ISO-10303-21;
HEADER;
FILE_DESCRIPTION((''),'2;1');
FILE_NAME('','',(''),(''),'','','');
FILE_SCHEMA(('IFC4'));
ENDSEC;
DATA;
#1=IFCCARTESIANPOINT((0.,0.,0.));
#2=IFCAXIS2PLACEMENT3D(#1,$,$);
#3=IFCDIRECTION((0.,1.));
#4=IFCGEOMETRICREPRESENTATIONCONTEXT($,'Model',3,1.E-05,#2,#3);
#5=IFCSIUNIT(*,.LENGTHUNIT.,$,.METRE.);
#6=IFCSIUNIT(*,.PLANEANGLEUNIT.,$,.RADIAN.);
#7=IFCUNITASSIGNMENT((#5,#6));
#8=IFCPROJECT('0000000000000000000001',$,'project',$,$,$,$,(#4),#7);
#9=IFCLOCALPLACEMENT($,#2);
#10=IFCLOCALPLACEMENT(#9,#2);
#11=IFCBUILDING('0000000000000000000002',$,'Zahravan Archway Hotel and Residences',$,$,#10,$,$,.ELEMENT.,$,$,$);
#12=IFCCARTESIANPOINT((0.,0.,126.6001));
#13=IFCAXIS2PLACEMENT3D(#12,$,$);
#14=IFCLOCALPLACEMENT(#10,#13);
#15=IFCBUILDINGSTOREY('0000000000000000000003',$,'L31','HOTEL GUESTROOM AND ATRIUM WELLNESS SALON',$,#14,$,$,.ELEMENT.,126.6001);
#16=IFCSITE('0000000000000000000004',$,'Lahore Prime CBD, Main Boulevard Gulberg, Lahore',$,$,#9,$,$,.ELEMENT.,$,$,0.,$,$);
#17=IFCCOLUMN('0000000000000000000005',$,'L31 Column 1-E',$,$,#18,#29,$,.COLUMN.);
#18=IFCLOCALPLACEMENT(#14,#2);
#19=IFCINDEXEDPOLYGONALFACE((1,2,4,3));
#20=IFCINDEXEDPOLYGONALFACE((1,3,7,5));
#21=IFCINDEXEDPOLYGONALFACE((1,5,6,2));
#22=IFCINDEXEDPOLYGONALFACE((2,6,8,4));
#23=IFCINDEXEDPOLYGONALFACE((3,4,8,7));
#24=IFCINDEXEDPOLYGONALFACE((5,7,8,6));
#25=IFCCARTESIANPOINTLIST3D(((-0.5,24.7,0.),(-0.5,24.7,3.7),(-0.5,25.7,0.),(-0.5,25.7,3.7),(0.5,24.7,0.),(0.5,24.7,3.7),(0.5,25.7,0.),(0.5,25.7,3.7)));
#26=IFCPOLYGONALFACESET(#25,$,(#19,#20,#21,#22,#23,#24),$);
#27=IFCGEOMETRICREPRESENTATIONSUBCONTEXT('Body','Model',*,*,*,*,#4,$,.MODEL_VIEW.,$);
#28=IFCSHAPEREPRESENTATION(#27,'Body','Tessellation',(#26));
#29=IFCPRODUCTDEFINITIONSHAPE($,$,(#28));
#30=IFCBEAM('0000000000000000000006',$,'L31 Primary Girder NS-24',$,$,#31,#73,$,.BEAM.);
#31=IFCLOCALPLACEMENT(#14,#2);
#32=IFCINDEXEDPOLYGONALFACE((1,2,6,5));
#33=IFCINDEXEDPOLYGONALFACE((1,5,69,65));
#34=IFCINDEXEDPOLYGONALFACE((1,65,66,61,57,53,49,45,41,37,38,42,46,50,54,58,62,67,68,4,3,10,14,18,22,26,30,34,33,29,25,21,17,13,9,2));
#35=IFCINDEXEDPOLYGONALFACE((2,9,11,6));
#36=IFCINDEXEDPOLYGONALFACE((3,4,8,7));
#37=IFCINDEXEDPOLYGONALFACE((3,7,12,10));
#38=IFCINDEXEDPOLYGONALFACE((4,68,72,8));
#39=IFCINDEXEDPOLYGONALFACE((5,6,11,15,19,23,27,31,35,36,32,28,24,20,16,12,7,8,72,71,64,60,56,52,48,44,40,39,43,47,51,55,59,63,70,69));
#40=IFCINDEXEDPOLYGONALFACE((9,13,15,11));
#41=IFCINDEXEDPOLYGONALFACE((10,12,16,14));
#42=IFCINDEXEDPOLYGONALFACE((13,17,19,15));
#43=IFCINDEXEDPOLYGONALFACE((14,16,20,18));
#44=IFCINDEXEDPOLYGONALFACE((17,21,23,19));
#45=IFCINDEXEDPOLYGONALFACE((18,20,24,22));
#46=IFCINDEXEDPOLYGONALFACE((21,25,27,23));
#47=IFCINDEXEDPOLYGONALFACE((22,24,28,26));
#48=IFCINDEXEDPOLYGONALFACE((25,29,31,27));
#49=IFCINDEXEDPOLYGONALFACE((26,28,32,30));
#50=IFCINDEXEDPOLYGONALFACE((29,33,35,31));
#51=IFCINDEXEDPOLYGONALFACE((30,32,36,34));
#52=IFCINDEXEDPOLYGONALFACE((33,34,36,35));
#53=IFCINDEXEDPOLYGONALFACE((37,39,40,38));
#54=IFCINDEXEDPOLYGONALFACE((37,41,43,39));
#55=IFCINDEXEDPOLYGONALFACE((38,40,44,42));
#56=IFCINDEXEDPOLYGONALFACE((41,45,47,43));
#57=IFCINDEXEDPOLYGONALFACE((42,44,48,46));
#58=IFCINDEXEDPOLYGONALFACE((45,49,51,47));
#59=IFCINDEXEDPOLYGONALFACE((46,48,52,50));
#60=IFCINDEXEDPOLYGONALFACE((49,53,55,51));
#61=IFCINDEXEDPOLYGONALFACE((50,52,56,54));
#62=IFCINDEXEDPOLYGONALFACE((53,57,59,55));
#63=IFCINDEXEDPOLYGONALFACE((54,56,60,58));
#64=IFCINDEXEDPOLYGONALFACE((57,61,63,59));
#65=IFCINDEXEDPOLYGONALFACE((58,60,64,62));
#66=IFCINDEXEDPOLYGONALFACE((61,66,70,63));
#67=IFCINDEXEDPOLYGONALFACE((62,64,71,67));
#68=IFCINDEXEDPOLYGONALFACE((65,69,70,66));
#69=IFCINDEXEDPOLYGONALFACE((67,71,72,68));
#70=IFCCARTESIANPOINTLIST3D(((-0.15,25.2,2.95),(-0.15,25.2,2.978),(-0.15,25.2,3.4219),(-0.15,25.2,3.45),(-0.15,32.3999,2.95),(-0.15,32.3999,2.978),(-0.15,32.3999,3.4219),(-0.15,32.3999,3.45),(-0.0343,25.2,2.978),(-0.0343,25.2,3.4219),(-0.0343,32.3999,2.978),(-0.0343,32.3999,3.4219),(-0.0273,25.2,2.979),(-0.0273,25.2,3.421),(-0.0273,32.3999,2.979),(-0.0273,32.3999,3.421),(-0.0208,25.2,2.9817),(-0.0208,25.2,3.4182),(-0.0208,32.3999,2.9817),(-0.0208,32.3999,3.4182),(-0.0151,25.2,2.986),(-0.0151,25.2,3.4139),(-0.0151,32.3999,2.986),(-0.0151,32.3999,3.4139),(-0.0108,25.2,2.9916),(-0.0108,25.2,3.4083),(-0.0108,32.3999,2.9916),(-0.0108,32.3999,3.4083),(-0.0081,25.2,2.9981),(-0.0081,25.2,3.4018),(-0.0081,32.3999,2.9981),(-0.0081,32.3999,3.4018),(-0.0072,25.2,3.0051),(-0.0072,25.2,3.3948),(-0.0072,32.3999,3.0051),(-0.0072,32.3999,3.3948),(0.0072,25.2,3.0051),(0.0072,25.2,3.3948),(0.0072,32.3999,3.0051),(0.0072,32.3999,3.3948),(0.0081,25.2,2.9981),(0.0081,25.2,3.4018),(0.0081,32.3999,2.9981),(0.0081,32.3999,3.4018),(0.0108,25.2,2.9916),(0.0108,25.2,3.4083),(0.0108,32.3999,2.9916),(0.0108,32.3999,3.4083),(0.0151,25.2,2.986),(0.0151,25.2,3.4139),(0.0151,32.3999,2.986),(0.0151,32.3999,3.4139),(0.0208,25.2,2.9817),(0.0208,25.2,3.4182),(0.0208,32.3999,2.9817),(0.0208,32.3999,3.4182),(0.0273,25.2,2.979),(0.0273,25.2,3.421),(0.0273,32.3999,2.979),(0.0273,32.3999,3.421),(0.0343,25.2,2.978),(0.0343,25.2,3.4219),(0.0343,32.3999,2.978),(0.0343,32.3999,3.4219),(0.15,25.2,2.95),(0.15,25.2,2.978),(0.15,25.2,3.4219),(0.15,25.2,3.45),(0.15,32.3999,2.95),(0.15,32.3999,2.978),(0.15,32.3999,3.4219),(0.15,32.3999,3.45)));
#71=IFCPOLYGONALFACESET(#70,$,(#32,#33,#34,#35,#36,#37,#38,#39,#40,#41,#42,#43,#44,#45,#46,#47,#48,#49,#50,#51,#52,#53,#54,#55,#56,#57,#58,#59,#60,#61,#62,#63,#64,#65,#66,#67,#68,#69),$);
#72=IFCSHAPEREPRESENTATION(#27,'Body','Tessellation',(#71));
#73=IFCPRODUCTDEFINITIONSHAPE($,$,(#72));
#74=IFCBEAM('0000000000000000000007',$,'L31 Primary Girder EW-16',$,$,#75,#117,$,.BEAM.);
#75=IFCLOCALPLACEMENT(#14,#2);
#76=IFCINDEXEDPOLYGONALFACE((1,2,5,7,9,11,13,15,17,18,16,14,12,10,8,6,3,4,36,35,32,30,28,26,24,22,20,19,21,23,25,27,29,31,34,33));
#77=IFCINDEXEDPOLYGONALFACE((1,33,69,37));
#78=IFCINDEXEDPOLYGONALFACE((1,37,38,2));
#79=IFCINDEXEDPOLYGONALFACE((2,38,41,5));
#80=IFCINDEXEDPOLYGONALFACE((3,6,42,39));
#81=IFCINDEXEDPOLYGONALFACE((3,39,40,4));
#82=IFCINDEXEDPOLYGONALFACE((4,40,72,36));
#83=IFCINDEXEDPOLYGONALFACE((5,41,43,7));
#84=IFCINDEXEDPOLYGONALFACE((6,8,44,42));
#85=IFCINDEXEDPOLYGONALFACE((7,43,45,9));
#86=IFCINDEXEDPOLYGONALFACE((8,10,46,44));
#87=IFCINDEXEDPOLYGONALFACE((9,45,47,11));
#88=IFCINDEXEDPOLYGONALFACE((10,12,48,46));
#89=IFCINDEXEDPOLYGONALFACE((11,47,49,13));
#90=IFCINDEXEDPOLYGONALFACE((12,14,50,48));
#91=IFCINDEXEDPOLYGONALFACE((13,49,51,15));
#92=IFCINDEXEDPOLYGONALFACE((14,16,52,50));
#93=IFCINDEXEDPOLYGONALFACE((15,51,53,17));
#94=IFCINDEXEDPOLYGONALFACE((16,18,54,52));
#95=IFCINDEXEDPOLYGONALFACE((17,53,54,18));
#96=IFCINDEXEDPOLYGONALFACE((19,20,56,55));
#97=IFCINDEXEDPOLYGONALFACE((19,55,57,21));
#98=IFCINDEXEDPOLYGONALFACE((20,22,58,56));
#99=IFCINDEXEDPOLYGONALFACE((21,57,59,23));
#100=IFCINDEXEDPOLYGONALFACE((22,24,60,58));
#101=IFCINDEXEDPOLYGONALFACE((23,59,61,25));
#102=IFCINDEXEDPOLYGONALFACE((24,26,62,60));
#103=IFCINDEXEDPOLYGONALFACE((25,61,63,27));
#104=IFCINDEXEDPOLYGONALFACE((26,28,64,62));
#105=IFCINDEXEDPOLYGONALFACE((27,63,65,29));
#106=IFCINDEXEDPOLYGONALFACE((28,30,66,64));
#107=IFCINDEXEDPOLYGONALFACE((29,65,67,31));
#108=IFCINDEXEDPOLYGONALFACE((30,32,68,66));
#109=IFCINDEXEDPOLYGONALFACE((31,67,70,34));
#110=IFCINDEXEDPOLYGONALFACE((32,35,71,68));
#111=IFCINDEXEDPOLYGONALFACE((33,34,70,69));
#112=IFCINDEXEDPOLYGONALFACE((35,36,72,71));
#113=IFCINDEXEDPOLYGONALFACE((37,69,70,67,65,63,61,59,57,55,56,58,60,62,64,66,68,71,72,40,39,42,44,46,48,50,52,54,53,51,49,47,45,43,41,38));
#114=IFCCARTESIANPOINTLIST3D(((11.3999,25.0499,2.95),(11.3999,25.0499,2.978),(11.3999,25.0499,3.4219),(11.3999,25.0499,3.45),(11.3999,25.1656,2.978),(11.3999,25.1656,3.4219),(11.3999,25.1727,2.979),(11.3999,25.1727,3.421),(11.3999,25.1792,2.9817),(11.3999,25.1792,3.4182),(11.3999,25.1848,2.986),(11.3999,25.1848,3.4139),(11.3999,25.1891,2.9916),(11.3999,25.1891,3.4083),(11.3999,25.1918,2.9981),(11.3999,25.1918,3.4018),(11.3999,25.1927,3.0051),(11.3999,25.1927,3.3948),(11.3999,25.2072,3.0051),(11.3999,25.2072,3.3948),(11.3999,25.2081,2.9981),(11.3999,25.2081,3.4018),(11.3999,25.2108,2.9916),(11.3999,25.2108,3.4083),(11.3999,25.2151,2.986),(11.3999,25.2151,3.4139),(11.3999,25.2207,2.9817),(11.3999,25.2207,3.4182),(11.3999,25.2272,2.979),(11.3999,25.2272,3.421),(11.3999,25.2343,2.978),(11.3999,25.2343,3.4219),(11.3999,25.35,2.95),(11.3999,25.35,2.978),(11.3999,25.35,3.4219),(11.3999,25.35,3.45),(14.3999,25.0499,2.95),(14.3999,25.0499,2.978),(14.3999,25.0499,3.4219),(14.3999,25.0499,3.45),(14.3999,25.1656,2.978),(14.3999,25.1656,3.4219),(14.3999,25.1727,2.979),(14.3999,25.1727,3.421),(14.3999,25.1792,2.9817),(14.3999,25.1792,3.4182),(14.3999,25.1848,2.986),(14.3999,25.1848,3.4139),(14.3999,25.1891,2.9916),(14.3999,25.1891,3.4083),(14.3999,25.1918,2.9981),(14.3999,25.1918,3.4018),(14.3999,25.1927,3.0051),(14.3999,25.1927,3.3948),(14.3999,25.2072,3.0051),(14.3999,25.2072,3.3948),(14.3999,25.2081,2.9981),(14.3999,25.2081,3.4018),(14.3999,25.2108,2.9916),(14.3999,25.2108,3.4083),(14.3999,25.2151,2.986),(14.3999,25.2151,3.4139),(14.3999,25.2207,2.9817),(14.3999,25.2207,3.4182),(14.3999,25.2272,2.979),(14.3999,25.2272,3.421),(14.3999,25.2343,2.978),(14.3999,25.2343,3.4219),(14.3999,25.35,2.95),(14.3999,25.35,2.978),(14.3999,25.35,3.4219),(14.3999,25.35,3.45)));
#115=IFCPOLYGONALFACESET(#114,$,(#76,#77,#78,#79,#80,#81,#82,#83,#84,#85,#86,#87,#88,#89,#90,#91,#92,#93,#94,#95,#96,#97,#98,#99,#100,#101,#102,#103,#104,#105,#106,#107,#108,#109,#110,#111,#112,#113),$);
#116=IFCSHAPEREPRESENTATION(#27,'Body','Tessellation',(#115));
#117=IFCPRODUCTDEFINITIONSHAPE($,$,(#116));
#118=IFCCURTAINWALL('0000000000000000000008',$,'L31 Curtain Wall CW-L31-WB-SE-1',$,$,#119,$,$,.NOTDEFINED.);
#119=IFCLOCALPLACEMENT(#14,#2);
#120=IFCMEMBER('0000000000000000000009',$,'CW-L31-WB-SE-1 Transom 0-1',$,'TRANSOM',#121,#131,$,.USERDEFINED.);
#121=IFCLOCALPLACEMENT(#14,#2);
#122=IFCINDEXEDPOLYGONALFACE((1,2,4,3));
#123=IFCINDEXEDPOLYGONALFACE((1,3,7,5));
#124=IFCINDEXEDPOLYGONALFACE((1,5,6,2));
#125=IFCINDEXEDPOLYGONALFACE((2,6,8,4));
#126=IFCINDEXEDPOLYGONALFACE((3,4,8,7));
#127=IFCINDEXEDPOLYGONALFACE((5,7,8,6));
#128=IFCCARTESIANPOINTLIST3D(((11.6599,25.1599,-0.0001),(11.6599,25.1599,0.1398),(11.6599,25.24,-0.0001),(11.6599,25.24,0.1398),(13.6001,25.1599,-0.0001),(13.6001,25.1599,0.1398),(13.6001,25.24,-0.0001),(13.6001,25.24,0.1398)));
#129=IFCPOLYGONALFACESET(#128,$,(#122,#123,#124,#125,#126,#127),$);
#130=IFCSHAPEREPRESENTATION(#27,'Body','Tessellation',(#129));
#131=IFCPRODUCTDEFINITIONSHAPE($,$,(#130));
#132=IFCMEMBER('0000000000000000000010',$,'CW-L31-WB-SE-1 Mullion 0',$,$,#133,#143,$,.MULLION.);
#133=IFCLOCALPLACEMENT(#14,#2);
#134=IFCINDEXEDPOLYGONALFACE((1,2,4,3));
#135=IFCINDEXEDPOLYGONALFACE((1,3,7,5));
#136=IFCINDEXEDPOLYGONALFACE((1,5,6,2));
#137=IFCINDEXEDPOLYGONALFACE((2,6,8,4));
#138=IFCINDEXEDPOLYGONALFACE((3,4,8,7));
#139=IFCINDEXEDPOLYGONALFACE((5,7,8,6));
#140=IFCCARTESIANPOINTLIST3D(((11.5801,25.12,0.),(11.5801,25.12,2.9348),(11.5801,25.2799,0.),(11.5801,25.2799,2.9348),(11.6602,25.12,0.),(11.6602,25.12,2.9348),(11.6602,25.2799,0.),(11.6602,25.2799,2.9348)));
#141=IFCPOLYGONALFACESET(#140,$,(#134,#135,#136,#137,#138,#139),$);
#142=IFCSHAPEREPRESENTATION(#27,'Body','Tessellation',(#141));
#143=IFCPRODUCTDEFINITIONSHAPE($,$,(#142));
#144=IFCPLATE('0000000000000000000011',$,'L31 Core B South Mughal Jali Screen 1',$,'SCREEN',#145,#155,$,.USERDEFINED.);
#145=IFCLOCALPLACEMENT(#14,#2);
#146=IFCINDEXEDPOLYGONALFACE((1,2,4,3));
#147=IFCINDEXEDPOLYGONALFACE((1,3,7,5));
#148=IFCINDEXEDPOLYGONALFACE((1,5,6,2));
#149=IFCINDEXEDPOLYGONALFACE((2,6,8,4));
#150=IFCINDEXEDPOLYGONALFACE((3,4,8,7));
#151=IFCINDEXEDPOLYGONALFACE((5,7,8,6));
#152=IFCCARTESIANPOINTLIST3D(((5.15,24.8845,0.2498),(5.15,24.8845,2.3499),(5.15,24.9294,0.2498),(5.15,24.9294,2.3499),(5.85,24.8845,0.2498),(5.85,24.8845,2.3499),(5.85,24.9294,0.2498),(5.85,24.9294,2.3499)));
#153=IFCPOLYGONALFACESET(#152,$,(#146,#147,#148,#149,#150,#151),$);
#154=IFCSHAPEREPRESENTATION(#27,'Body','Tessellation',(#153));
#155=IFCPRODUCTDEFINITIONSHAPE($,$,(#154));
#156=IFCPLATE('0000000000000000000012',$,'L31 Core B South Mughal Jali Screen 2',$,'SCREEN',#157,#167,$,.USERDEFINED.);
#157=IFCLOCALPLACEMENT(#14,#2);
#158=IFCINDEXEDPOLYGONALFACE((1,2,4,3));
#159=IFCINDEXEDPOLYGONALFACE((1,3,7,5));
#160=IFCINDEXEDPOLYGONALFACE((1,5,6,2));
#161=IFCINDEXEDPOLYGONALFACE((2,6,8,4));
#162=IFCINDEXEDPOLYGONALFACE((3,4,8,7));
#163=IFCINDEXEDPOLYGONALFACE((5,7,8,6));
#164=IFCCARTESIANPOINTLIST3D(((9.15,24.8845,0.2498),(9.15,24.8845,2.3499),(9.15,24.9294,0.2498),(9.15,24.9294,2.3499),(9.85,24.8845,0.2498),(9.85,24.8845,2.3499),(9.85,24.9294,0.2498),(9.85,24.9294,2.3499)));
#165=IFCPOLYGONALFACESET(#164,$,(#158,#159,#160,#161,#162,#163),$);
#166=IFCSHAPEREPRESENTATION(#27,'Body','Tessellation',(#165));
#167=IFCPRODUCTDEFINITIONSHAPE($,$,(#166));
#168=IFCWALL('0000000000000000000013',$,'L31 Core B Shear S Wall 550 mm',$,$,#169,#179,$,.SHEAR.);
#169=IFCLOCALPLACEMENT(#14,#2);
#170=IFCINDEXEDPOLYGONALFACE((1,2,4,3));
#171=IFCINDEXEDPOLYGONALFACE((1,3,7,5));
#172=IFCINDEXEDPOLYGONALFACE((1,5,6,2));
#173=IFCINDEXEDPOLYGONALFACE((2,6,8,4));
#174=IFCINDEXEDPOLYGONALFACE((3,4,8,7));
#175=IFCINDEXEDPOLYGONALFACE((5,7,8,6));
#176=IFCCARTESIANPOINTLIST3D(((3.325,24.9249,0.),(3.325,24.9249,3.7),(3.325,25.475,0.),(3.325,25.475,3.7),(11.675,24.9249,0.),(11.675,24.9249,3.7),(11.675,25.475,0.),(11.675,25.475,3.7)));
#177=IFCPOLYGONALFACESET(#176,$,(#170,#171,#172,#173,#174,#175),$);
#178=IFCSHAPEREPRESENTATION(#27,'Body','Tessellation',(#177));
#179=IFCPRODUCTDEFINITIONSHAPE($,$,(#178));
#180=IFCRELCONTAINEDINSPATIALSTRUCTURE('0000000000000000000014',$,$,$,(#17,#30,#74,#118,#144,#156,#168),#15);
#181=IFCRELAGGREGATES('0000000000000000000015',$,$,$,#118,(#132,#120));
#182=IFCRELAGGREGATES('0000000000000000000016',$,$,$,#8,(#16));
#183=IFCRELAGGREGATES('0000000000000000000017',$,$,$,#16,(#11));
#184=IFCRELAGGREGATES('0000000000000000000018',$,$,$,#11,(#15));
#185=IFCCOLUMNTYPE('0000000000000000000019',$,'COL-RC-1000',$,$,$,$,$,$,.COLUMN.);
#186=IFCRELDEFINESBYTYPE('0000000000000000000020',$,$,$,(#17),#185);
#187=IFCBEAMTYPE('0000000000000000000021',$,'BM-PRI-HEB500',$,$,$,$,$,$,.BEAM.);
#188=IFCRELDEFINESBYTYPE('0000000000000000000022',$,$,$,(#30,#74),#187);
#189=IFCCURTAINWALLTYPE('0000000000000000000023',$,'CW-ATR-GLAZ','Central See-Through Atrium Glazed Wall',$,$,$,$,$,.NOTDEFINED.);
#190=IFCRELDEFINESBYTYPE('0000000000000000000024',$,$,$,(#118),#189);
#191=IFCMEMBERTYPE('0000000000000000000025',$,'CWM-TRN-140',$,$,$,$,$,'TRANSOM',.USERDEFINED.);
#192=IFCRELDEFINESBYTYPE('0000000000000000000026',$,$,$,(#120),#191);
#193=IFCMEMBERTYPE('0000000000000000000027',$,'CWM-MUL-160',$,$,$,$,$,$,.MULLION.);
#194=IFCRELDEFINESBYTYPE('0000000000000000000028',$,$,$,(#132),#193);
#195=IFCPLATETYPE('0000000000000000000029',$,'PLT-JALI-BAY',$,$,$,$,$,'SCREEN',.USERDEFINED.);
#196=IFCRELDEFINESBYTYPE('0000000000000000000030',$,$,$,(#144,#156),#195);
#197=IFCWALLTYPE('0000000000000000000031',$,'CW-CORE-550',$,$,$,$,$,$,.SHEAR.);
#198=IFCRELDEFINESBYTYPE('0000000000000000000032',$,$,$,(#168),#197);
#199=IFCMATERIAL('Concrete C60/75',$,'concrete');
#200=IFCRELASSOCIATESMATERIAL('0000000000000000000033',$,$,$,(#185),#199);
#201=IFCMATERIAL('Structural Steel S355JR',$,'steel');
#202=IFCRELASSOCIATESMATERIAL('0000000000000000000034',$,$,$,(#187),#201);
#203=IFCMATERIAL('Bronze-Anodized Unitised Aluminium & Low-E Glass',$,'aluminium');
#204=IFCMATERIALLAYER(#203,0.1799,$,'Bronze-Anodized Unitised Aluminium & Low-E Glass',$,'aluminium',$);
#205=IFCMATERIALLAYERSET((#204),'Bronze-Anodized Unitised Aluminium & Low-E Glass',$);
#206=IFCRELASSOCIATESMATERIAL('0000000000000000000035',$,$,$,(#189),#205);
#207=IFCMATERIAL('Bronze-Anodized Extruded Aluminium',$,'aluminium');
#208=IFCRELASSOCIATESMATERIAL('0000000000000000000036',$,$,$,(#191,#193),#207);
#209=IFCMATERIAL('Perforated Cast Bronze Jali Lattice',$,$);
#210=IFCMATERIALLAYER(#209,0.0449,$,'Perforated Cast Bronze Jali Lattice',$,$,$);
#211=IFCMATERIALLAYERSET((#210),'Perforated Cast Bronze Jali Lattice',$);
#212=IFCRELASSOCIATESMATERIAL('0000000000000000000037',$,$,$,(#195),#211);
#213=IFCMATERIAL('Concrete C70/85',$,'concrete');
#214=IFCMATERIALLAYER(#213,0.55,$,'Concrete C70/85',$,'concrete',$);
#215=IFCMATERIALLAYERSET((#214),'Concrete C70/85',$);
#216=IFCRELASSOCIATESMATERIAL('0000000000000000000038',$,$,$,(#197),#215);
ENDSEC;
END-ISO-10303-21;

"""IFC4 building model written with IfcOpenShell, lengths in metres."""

from ifc_helpers import new_model, si_unit, direction, frame, frame_2d, origin, origin_2d, place, context, subcontext, project, spatial, rectangle, i_section, extrude, source, transform, mapped, material, layer, layer_set, material_profile, profile_set, type_object, type_shapes, element, aggregate, save


model = new_model("IFC4")

# Units and contexts
model_context = context("Model", 3, precision=1e-05, world=origin(), true_north=direction((0.0, 1.0)))
body_context = subcontext(model_context, "Body", "Model", "MODEL_VIEW")
ifc_project = project(units=[si_unit("LENGTHUNIT", "METRE"), si_unit("PLANEANGLEUNIT", "RADIAN")], contexts=[model_context])

# Site, building, storey
site_placement = place(None, origin())
site = spatial("IfcSite", under=ifc_project, at=site_placement, Name="Lahore Prime CBD, Main Boulevard Gulberg, Lahore", CompositionType="ELEMENT", RefElevation=0.0)
building_placement = place(site_placement, origin())
building = spatial("IfcBuilding", under=site, at=building_placement, Name="Zahravan Archway Hotel and Residences", CompositionType="ELEMENT")
storey_placement = place(building_placement, frame((0.0, 0.0, 126.6001)))
storey = spatial("IfcBuildingStorey", under=building, at=storey_placement, Name="L31", Description="HOTEL GUESTROOM AND ATRIUM WELLNESS SALON", CompositionType="ELEMENT", Elevation=126.6001)

# Column
ifc_material_1 = material(Name="Concrete C60/75", Category="concrete")
ifc_material_profile_1 = material_profile(ifc_material_1, rectangle(XDim=1.0, YDim=1.0, at=origin_2d()), Name="RC-COL-1000x1000", Category="concrete")
ifc_profile_set_1 = profile_set([ifc_material_profile_1], Name="Concrete C60/75")
column_type = type_object("IfcColumnType", Name="COL-RC-1000", PredefinedType="COLUMN", material=ifc_profile_set_1)
shared_shape_1 = source(origin(), body_context, "Body", "SweptSolid", [
    extrude(rectangle(XDim=1.0, YDim=1.0, at=origin_2d()), origin(), (0.0, 0.0, 1.0), 3.7),
])
type_shapes(column_type, [shared_shape_1])
column_placement = place(storey_placement, frame((0.0, 25.2, 0.0), z_axis=(0.0, 0.0, 1.0), x_axis=(1.0, 0.0, 0.0)))
element("IfcColumn", 1, at=column_placement, inside=storey, type_object=column_type, Name="L31 Column 1-E", PredefinedType="COLUMN", context=body_context, shape_type="MappedRepresentation", body=[
    mapped(shared_shape_1, transform((0.0, 0.0, 0.0), scale=1.0)),
])

# Beams
ifc_material_2 = material(Name="Structural Steel S355JR", Category="steel")
ifc_material_profile_2 = material_profile(ifc_material_2, i_section(OverallWidth=0.3, OverallDepth=0.5, WebThickness=0.0144, FlangeThickness=0.0281, FilletRadius=0.0271, at=origin_2d()), Name="HEB 500", Category="steel")
ifc_profile_set_2 = profile_set([ifc_material_profile_2], Name="Structural Steel S355JR")
beam_type = type_object("IfcBeamType", Name="BM-PRI-HEB500", PredefinedType="BEAM", material=ifc_profile_set_2)
shared_shape_2 = source(origin(), body_context, "Body", "SweptSolid", [
    extrude(i_section(OverallWidth=0.3, OverallDepth=0.5, WebThickness=0.0144, FlangeThickness=0.0281, FilletRadius=0.0271, at=origin_2d()), origin(), (0.0, 0.0, 1.0), 7.2),
])
beam_1_placement = place(storey_placement, frame((0.0, 25.2, 3.2), z_axis=(0.0, 1.0, 0.0), x_axis=(-1.0, 0.0, 0.0)))
element("IfcBeam", 2, at=beam_1_placement, inside=storey, type_object=beam_type, Name="L31 Primary Girder NS-24", PredefinedType="BEAM", context=body_context, shape_type="MappedRepresentation", body=[
    mapped(shared_shape_2, transform((0.0, 0.0, 0.0), scale=1.0)),
])
shared_shape_3 = source(origin(), body_context, "Body", "SweptSolid", [
    extrude(i_section(OverallWidth=0.3, OverallDepth=0.5, WebThickness=0.0144, FlangeThickness=0.0281, FilletRadius=0.0271, at=origin_2d()), origin(), (0.0, 0.0, 1.0), 3.0),
])
beam_2_placement = place(storey_placement, frame((11.3999, 25.2, 3.2), z_axis=(1.0, 0.0, 0.0), x_axis=(0.0, 1.0, 0.0)))
element("IfcBeam", 3, at=beam_2_placement, inside=storey, type_object=beam_type, Name="L31 Primary Girder EW-16", PredefinedType="BEAM", context=body_context, shape_type="MappedRepresentation", body=[
    mapped(shared_shape_3, transform((0.0, 0.0, 0.0), scale=1.0)),
])

# Curtain wall, members
ifc_material_3 = material(Name="Bronze-Anodized Unitised Aluminium & Low-E Glass", Category="aluminium")
ifc_layer_1 = layer(ifc_material_3, 0.1799, Name="Bronze-Anodized Unitised Aluminium & Low-E Glass", Category="aluminium")
ifc_layer_set_1 = layer_set([ifc_layer_1], Name="Bronze-Anodized Unitised Aluminium & Low-E Glass")
curtain_wall_type = type_object("IfcCurtainWallType", Name="CW-ATR-GLAZ", Description="Central See-Through Atrium Glazed Wall", PredefinedType="NOTDEFINED", material=ifc_layer_set_1)
curtain_wall_placement = place(storey_placement, origin())
curtain_wall = element("IfcCurtainWall", 4, at=curtain_wall_placement, inside=storey, type_object=curtain_wall_type, Name="L31 Curtain Wall CW-L31-WB-SE-1", PredefinedType="NOTDEFINED")
ifc_material_4 = material(Name="Bronze-Anodized Extruded Aluminium", Category="aluminium")
ifc_material_profile_3 = material_profile(ifc_material_4, rectangle(XDim=0.0801, YDim=0.1399, at=origin_2d()), Name="TRN 80x140", Category="aluminium")
ifc_profile_set_3 = profile_set([ifc_material_profile_3], Name="Bronze-Anodized Extruded Aluminium")
member_type_1 = type_object("IfcMemberType", Name="CWM-TRN-140", ElementType="TRANSOM", PredefinedType="USERDEFINED", material=ifc_profile_set_3)
shared_shape_4 = source(origin(), body_context, "Body", "SweptSolid", [
    extrude(rectangle(XDim=0.0801, YDim=0.1399, at=origin_2d()), origin(), (0.0, 0.0, 1.0), 1.9402),
])
member_1_placement = place(storey_placement, frame((11.6599, 25.2, 0.0698), z_axis=(1.0, 0.0, 0.0), x_axis=(0.0, 1.0, 0.0)))
member_1 = element("IfcMember", 5, at=member_1_placement, type_object=member_type_1, Name="CW-L31-WB-SE-1 Transom 0-1", ObjectType="TRANSOM", PredefinedType="USERDEFINED", context=body_context, shape_type="MappedRepresentation", body=[
    mapped(shared_shape_4, transform((0.0, 0.0, 0.0), scale=1.0)),
])
ifc_material_profile_4 = material_profile(ifc_material_4, rectangle(XDim=0.0801, YDim=0.1599, at=origin_2d()), Name="MUL 80x160", Category="aluminium")
ifc_profile_set_4 = profile_set([ifc_material_profile_4], Name="Bronze-Anodized Extruded Aluminium")
member_type_2 = type_object("IfcMemberType", Name="CWM-MUL-160", PredefinedType="MULLION", material=ifc_profile_set_4)
shared_shape_5 = source(origin(), body_context, "Body", "SweptSolid", [
    extrude(rectangle(XDim=0.0801, YDim=0.1599, at=origin_2d()), origin(), (0.0, 0.0, 1.0), 2.9348),
])
member_2_placement = place(storey_placement, frame((11.6201, 25.2, 0.0), z_axis=(0.0, 0.0, 1.0), x_axis=(1.0, 0.0, 0.0)))
member_2 = element("IfcMember", 6, at=member_2_placement, type_object=member_type_2, Name="CW-L31-WB-SE-1 Mullion 0", PredefinedType="MULLION", context=body_context, shape_type="MappedRepresentation", body=[
    mapped(shared_shape_5, transform((0.0, 0.0, 0.0), scale=1.0)),
])
aggregate(curtain_wall, [member_2, member_1])

# Plates
ifc_material_5 = material(Name="Perforated Cast Bronze Jali Lattice")
ifc_layer_2 = layer(ifc_material_5, 0.0449, Name="Perforated Cast Bronze Jali Lattice")
ifc_layer_set_2 = layer_set([ifc_layer_2], Name="Perforated Cast Bronze Jali Lattice")
plate_type = type_object("IfcPlateType", Name="PLT-JALI-BAY", ElementType="SCREEN", PredefinedType="USERDEFINED", material=ifc_layer_set_2)
shared_shape_6 = source(origin(), body_context, "Body", "SweptSolid", [
    extrude(rectangle(XDim=0.7, YDim=0.0449, at=origin_2d()), origin(), (0.0, 0.0, 1.0), 2.1001),
])
type_shapes(plate_type, [shared_shape_6])
for number, where, z_axis, x_axis, name in (
    (7, (5.5, 24.907, 0.2498), (0.0, 0.0, 1.0), (1.0, 0.0, 0.0), "L31 Core B South Mughal Jali Screen 1"),
    (8, (9.5, 24.907, 0.2498), (0.0, 0.0, 1.0), (1.0, 0.0, 0.0), "L31 Core B South Mughal Jali Screen 2"),
):
    element("IfcPlate", number, at=place(storey_placement, frame(where, z_axis=z_axis, x_axis=x_axis)), inside=storey, type_object=plate_type, Name=name, ObjectType="SCREEN", PredefinedType="USERDEFINED", context=body_context, shape_type="MappedRepresentation", body=[
        mapped(shared_shape_6, transform((0.0, 0.0, 0.0), scale=1.0)),
    ])

# Wall
ifc_material_6 = material(Name="Concrete C70/85", Category="concrete")
ifc_layer_3 = layer(ifc_material_6, 0.55, Name="Concrete C70/85", Category="concrete")
ifc_layer_set_3 = layer_set([ifc_layer_3], Name="Concrete C70/85")
wall_type_1 = type_object("IfcWallType", Name="CW-CORE-550", PredefinedType="SHEAR", material=ifc_layer_set_3)
wall_1_placement = place(storey_placement, frame((3.325, 25.2, 0.0), z_axis=(0.0, 0.0, 1.0), x_axis=(1.0, 0.0, 0.0)))
element("IfcWall", 9, at=wall_1_placement, inside=storey, type_object=wall_type_1, Name="L31 Core B Shear S Wall 550 mm", PredefinedType="SHEAR", context=body_context, shape_type="SweptSolid", body=[
    extrude(rectangle(XDim=8.3501, YDim=0.55, at=frame_2d((4.175, 0.0))), origin(), (0.0, 0.0, 1.0), 3.7),
])

save(model, "model.ifc")
